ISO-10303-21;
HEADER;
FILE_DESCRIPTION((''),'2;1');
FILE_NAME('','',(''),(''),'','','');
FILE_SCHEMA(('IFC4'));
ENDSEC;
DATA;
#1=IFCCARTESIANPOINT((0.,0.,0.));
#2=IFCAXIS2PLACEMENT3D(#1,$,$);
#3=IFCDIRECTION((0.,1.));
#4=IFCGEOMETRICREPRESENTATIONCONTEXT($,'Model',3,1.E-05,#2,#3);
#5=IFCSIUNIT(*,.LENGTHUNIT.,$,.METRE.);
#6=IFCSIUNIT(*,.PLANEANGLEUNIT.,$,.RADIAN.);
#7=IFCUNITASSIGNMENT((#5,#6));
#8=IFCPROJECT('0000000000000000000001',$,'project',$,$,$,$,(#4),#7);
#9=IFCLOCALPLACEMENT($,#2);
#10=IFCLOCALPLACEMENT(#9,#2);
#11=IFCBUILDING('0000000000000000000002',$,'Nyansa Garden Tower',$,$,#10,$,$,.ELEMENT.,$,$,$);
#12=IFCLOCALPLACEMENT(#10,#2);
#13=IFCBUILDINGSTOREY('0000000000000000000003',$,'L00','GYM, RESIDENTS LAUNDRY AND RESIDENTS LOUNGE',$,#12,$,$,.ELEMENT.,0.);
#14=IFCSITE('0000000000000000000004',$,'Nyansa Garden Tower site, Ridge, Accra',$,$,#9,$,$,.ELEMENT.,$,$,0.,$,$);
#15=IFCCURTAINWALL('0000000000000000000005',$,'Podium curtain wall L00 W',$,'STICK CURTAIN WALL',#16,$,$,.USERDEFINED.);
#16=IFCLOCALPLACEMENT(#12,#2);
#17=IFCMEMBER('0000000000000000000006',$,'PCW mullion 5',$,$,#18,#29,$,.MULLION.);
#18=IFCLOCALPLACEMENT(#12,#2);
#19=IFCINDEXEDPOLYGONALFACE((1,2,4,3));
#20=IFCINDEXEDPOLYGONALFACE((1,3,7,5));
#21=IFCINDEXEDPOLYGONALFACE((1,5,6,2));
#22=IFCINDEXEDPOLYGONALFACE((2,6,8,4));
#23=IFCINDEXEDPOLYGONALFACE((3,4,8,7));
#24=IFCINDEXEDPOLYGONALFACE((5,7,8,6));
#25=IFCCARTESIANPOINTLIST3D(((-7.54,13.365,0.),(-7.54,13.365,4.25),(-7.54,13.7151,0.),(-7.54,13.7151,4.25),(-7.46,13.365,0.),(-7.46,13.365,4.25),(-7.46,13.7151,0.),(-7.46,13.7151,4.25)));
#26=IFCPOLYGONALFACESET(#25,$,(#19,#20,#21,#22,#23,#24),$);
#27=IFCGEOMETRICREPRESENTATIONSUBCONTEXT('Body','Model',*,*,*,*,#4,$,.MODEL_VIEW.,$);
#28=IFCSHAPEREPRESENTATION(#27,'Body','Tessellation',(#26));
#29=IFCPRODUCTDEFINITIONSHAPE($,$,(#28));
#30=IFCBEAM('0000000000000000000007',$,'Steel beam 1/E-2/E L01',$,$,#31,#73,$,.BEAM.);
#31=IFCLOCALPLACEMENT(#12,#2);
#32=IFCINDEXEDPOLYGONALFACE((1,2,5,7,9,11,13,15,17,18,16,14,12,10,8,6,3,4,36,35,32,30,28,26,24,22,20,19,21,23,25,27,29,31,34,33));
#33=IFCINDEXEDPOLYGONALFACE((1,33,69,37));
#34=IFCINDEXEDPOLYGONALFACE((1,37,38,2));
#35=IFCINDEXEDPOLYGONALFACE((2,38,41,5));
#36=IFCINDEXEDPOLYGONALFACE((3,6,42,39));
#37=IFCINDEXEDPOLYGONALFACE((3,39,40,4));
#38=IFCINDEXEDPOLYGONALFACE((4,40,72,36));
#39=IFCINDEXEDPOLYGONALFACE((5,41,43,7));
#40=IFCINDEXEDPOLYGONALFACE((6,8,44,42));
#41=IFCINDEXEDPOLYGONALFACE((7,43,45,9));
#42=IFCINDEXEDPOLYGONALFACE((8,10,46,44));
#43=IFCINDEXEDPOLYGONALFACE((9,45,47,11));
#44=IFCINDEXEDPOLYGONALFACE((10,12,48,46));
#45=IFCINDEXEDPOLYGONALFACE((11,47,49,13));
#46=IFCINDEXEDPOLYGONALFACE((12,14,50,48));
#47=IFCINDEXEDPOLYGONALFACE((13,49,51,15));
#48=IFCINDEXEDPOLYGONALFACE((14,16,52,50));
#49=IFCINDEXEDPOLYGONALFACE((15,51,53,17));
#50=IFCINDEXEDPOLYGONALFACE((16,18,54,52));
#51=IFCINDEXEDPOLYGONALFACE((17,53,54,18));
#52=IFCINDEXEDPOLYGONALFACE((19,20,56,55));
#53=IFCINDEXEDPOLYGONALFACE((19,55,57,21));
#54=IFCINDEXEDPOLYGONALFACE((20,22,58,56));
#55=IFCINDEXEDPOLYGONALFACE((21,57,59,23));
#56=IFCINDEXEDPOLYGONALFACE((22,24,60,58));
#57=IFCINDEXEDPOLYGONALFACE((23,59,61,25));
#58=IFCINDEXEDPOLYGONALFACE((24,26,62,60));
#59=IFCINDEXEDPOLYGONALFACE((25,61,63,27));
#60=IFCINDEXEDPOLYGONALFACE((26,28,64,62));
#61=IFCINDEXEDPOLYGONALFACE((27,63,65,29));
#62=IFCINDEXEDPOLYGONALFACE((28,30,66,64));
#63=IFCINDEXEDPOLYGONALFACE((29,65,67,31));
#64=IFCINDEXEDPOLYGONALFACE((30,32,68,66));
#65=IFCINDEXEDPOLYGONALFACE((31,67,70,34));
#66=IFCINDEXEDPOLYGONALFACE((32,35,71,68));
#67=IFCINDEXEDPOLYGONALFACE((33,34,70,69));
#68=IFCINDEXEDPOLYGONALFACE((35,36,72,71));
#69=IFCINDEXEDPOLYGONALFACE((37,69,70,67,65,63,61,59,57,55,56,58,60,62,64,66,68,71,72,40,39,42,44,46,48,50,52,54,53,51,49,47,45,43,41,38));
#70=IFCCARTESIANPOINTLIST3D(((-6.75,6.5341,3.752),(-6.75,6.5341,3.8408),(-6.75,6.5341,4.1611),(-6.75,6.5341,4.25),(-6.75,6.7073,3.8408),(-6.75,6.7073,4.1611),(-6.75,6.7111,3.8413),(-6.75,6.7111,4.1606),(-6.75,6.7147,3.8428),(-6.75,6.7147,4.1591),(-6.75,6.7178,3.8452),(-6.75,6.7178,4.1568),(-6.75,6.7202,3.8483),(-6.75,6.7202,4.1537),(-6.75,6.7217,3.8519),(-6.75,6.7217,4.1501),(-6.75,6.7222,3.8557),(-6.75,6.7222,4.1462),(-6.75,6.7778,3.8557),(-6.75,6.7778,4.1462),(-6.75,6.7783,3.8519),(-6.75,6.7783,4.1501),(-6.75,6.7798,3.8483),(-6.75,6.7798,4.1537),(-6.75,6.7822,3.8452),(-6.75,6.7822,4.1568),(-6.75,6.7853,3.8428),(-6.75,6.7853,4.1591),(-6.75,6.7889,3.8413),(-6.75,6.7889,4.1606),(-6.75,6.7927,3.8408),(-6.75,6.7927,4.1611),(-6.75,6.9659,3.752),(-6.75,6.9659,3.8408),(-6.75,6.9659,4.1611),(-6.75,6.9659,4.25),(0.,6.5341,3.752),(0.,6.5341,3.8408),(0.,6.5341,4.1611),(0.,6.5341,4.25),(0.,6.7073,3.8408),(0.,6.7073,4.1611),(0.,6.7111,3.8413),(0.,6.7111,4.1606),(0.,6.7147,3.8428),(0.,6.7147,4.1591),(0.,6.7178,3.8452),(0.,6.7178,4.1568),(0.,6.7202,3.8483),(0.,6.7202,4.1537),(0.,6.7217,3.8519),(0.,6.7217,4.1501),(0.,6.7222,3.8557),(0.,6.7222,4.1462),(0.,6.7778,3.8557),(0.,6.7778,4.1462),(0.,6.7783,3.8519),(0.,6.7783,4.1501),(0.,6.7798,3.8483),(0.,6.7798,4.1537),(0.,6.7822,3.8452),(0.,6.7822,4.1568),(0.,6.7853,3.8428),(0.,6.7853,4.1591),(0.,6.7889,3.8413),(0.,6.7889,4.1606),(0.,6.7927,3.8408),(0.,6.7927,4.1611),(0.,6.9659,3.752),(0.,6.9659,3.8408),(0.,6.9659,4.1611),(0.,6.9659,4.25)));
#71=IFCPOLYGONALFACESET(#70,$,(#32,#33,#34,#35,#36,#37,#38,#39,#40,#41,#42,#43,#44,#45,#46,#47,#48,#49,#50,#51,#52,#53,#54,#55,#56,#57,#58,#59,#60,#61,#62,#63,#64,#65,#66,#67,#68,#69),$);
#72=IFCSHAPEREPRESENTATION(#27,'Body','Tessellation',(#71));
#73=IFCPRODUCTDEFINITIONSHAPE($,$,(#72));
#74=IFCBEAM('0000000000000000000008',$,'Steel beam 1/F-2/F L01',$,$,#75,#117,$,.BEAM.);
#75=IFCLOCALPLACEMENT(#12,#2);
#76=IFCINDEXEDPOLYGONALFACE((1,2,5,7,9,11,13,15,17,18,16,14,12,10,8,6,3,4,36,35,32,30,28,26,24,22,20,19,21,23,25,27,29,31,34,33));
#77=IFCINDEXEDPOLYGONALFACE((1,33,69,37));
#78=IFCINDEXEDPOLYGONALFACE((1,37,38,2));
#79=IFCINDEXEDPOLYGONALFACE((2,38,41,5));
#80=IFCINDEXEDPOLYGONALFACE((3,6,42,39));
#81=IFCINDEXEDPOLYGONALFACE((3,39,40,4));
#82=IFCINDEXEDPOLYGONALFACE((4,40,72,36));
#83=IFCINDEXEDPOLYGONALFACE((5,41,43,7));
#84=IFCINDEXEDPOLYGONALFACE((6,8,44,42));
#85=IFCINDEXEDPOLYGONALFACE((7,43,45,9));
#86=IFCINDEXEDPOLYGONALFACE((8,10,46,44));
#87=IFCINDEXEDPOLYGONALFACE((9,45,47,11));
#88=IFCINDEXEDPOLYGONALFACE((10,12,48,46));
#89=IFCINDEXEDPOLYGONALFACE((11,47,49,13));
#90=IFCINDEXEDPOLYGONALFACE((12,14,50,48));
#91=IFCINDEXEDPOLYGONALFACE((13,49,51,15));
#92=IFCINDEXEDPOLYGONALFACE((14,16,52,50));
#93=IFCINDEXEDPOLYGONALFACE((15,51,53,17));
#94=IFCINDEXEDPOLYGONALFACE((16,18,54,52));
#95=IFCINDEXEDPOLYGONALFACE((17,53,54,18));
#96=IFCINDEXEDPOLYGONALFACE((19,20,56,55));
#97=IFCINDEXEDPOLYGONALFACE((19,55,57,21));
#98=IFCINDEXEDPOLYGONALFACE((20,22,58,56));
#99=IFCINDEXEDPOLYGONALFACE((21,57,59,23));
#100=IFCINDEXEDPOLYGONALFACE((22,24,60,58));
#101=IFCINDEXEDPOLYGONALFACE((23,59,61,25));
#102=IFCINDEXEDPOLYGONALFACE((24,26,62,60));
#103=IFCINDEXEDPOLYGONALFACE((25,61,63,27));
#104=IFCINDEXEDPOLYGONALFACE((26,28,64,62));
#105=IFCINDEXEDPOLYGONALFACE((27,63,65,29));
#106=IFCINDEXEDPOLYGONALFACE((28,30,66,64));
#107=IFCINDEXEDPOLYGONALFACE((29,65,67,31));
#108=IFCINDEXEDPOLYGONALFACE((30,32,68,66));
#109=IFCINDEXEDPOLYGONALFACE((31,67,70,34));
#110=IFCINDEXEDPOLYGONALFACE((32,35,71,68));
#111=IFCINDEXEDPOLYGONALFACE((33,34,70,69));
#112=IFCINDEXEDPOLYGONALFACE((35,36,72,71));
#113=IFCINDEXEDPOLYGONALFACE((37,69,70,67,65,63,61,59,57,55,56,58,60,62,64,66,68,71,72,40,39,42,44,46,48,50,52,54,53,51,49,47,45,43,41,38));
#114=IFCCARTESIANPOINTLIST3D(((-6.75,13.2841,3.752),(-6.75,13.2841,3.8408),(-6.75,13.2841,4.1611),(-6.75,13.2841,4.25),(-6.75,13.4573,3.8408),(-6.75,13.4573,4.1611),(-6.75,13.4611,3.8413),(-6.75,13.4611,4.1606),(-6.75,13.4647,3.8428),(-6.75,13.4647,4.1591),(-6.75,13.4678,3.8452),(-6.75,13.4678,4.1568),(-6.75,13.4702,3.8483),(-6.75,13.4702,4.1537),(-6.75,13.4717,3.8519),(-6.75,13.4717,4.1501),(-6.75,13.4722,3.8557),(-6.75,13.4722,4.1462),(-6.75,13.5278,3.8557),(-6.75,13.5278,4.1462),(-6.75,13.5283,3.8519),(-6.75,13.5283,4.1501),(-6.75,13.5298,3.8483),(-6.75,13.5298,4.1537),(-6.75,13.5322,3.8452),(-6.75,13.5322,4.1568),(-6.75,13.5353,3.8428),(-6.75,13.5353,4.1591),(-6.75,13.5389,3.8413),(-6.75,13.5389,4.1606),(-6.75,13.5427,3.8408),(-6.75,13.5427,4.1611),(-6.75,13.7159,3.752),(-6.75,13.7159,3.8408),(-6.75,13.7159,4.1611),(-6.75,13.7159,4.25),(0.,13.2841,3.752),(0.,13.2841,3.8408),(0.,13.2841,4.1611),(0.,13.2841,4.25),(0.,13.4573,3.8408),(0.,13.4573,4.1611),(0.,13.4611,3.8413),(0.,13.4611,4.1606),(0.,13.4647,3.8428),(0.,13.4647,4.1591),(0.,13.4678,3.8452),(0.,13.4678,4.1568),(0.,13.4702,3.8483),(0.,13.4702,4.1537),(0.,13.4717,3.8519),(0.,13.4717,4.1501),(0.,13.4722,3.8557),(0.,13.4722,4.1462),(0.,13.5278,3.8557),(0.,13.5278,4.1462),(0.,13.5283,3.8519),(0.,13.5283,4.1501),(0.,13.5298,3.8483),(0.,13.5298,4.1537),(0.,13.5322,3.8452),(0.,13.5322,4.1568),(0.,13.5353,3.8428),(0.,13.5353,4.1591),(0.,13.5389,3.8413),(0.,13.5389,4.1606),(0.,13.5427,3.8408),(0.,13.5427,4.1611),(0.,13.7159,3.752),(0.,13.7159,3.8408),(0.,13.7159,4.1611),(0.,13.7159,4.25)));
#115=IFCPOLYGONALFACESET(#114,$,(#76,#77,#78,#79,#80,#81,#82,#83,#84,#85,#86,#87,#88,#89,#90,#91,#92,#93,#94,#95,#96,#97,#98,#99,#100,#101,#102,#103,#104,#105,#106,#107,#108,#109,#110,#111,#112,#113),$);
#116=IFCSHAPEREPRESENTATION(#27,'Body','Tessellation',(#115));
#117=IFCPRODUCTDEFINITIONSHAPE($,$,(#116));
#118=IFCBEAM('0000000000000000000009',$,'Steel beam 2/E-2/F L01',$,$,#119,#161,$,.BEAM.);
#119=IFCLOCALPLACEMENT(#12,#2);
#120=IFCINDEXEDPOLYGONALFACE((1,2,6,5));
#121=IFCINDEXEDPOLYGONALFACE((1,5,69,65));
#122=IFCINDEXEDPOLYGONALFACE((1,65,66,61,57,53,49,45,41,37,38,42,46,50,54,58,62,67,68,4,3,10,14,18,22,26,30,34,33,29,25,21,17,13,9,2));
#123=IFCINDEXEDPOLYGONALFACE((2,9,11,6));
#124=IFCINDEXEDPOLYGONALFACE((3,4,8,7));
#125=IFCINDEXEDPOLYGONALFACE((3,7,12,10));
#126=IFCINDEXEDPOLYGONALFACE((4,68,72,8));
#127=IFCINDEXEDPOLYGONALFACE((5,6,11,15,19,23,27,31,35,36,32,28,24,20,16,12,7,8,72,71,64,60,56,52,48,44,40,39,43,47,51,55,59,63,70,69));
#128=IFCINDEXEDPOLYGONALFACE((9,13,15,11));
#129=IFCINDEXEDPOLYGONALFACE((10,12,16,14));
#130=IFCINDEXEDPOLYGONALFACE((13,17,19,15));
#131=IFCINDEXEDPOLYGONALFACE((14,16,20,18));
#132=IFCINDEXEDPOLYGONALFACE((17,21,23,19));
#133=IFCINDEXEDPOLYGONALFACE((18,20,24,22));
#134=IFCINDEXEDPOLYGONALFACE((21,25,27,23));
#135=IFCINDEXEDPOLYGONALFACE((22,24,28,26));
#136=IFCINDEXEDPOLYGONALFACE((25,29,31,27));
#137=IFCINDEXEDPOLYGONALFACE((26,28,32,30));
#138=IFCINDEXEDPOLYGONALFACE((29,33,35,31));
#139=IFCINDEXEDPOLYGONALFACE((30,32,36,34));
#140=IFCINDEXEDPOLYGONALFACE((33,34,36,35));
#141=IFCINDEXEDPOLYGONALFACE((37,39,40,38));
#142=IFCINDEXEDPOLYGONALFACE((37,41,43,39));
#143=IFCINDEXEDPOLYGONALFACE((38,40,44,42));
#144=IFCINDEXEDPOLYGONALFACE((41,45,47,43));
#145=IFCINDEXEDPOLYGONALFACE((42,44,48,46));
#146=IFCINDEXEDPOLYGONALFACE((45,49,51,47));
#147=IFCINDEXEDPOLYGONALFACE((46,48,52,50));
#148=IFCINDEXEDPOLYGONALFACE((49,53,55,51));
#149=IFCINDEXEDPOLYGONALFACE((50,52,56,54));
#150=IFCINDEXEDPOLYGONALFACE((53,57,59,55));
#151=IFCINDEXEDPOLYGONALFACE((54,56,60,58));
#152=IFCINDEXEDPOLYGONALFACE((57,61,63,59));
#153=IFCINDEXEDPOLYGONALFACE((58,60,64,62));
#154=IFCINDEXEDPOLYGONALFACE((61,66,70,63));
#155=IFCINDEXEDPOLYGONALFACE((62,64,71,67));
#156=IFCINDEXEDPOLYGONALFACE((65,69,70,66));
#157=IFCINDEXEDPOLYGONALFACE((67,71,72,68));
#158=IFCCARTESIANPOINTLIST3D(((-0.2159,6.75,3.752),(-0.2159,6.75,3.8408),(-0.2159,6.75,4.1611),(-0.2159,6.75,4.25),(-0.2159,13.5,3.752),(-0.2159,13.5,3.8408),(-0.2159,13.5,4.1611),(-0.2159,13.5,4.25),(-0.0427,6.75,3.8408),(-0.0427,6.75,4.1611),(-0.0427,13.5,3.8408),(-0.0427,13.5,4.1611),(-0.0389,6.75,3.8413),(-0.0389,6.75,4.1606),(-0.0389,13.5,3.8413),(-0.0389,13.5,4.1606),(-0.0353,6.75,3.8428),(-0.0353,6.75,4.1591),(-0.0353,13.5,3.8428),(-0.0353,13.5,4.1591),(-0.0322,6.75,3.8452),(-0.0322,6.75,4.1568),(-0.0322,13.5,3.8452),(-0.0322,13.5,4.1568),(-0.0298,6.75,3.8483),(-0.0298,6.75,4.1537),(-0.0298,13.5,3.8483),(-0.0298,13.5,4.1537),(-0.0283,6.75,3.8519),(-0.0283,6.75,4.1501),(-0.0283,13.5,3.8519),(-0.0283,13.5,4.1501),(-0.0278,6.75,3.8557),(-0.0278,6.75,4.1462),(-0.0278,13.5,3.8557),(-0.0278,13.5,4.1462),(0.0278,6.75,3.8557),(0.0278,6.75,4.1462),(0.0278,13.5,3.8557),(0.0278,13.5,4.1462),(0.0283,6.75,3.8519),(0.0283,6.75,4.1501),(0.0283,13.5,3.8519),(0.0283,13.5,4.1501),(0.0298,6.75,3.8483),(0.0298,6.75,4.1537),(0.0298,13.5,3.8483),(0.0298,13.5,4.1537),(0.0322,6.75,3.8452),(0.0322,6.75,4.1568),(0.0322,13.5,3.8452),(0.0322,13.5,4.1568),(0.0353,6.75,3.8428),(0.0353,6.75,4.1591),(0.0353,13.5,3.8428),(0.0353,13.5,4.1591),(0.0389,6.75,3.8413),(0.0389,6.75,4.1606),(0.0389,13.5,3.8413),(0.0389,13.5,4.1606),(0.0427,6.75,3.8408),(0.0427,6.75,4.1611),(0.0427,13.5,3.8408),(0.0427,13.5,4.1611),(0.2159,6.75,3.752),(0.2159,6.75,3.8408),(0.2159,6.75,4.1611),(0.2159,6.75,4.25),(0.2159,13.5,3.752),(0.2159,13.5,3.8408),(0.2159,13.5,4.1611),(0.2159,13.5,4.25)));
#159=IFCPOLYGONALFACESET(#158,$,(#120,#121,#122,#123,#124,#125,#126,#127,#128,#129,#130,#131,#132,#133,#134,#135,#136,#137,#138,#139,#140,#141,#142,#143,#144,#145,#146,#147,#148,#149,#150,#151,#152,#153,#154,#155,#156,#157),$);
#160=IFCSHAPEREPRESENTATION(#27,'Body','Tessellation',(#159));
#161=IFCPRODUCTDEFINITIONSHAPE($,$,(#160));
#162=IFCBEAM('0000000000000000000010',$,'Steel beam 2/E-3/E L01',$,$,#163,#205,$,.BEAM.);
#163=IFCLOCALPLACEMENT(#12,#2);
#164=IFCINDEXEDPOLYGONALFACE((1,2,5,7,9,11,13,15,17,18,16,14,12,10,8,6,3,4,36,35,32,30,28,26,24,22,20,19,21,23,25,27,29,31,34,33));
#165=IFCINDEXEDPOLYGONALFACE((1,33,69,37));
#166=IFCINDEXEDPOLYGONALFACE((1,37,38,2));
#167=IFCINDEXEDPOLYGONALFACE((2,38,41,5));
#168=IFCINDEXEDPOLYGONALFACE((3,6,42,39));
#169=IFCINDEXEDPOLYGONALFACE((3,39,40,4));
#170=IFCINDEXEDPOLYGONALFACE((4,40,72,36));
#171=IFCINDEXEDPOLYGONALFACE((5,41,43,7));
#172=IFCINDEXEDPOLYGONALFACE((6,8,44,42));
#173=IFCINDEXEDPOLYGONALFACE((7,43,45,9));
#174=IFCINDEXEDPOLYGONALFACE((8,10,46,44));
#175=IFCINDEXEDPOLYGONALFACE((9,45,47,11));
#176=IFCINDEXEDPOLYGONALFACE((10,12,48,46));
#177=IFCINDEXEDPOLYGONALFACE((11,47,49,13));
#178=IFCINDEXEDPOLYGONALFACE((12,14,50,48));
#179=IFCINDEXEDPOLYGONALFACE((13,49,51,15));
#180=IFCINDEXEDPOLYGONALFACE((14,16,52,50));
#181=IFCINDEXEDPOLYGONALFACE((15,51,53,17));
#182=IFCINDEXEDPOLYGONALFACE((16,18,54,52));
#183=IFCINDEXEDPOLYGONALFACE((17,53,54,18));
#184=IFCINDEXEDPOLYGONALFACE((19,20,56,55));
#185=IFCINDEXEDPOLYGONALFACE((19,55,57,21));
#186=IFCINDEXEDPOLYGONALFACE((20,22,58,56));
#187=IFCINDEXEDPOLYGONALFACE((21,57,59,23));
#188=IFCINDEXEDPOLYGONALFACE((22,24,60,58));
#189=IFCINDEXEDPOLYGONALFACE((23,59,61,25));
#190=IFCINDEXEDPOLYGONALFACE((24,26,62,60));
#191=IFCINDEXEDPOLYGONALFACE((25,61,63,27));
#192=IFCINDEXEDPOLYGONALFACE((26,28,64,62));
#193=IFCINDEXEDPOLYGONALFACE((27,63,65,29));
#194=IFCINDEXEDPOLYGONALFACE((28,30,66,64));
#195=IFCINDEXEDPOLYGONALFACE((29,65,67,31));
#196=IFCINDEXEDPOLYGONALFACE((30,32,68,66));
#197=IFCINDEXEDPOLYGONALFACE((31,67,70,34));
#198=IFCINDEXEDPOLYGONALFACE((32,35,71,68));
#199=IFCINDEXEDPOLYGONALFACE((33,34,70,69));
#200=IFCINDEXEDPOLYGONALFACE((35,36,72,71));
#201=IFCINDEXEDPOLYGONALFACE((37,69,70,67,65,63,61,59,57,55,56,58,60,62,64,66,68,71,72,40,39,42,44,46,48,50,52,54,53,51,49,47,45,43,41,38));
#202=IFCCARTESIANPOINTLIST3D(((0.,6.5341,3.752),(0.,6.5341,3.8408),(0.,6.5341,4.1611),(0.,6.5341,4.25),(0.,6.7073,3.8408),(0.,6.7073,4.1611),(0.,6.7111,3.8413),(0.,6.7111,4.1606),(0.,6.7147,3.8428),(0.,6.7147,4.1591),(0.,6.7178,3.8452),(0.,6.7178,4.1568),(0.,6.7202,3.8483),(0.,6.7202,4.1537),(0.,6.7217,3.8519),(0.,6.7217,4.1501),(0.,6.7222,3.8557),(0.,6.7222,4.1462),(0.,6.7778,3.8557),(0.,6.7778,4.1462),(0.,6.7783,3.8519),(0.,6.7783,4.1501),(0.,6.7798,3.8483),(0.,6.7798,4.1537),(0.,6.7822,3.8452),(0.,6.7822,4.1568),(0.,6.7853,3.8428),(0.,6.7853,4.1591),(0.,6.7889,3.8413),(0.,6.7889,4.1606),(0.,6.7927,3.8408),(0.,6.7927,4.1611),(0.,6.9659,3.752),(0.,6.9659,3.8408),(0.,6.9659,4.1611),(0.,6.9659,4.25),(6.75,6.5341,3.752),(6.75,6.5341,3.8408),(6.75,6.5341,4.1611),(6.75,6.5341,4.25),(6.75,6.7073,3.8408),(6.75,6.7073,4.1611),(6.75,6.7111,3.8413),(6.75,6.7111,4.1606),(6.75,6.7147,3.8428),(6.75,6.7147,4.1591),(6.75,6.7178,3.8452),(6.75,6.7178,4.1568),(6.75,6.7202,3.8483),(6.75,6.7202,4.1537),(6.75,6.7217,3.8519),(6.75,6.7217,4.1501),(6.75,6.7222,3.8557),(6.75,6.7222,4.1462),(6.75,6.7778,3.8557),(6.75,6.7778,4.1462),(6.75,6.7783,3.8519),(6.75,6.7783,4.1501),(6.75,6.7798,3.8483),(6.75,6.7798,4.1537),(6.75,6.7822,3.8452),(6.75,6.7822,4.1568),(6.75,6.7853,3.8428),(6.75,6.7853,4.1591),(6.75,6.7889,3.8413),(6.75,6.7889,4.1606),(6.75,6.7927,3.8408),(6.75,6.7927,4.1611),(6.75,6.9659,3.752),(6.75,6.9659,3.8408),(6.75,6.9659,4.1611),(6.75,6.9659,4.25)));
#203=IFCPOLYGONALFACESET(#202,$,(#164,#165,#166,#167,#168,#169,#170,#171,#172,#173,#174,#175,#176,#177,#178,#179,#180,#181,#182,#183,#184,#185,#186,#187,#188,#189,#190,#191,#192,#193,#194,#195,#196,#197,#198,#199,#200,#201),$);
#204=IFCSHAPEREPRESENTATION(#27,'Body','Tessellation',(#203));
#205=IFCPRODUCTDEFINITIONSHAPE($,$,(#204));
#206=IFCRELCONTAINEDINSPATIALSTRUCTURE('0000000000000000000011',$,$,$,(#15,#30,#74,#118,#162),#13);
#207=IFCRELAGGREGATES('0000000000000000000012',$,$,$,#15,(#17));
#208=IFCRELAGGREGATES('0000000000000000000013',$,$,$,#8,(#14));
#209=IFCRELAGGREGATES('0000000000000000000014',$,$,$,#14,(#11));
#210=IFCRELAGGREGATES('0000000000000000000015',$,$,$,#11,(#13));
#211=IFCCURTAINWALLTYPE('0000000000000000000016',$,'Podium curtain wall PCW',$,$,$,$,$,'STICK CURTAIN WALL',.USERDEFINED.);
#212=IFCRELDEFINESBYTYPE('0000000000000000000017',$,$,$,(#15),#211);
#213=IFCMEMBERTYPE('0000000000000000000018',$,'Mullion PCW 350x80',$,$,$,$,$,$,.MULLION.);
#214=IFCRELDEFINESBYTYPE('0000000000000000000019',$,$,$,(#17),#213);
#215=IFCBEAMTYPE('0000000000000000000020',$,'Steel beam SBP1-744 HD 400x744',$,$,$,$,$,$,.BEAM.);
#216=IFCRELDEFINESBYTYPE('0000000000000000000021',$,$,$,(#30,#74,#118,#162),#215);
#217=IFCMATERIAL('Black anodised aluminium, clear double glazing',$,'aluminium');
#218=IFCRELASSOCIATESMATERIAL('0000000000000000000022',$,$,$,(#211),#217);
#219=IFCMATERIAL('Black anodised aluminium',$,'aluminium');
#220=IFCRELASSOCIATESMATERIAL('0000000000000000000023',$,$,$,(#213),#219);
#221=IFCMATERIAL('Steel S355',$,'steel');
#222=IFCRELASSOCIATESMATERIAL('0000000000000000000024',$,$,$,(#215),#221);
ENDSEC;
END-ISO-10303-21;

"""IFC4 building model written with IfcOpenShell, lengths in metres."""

from ifc_helpers import new_model, si_unit, direction, frame, origin, origin_2d, place, context, subcontext, project, spatial, rectangle, i_section, extrude, material, material_profile, profile_set, type_object, element, aggregate, save


model = new_model("IFC4")

# Units and contexts
model_context = context("Model", 3, precision=1e-05, world=origin(), true_north=direction((0.0, 1.0)))
body_context = subcontext(model_context, "Body", "Model", "MODEL_VIEW")
ifc_project = project(units=[si_unit("LENGTHUNIT", "METRE"), si_unit("PLANEANGLEUNIT", "RADIAN")], contexts=[model_context])

# Site, building, storey
site_placement = place(None, origin())
site = spatial("IfcSite", under=ifc_project, at=site_placement, Name="Nyansa Garden Tower site, Ridge, Accra", CompositionType="ELEMENT", RefElevation=0.0)
building_placement = place(site_placement, origin())
building = spatial("IfcBuilding", under=site, at=building_placement, Name="Nyansa Garden Tower", CompositionType="ELEMENT")
storey_placement = place(building_placement, origin())
storey = spatial("IfcBuildingStorey", under=building, at=storey_placement, Name="L00", Description="GYM, RESIDENTS LAUNDRY AND RESIDENTS LOUNGE", CompositionType="ELEMENT", Elevation=0.0)

# Curtain wall, member
ifc_material_1 = material(Name="Black anodised aluminium, clear double glazing", Category="aluminium")
curtain_wall_type = type_object("IfcCurtainWallType", Name="Podium curtain wall PCW", ElementType="STICK CURTAIN WALL", PredefinedType="USERDEFINED", material=ifc_material_1)
curtain_wall_placement = place(storey_placement, origin())
curtain_wall = element("IfcCurtainWall", 1, at=curtain_wall_placement, inside=storey, type_object=curtain_wall_type, Name="Podium curtain wall L00 W", ObjectType="STICK CURTAIN WALL", PredefinedType="USERDEFINED")
ifc_material_2 = material(Name="Black anodised aluminium", Category="aluminium")
ifc_material_profile_1 = material_profile(ifc_material_2, rectangle(XDim=0.0801, YDim=0.3501, at=origin_2d()), Name="Mullion 350x80")
ifc_profile_set_1 = profile_set([ifc_material_profile_1], Name="Black anodised aluminium")
member_type_1 = type_object("IfcMemberType", Name="Mullion PCW 350x80", PredefinedType="MULLION", material=ifc_profile_set_1)
member_1_placement = place(storey_placement, frame((-7.5, 13.54, 0.0), z_axis=(0.0, 0.0, 1.0), x_axis=(1.0, 0.0, 0.0)))
member_1 = element("IfcMember", 2, at=member_1_placement, type_object=member_type_1, Name="PCW mullion 5", PredefinedType="MULLION", context=body_context, shape_type="SweptSolid", body=[
    extrude(rectangle(XDim=0.0801, YDim=0.3501, at=origin_2d()), origin(), (0.0, 0.0, 1.0), 4.25),
])

# Beams
ifc_material_3 = material(Name="Steel S355", Category="steel")
ifc_material_profile_2 = material_profile(ifc_material_3, i_section(OverallWidth=0.4319, OverallDepth=0.498, WebThickness=0.0557, FlangeThickness=0.0889, FilletRadius=0.0149, at=origin_2d()), Name="HD 400x744")
ifc_profile_set_2 = profile_set([ifc_material_profile_2], Name="Steel S355")
beam_type_1 = type_object("IfcBeamType", Name="Steel beam SBP1-744 HD 400x744", PredefinedType="BEAM", material=ifc_profile_set_2)
for number, where, z_axis, x_axis, name in (
    (3, (-6.75, 6.75, 4.001), (1.0, 0.0, 0.0), (0.0, 1.0, 0.0), "Steel beam 1/E-2/E L01"),
    (4, (-6.75, 13.5, 4.001), (1.0, 0.0, 0.0), (0.0, 1.0, 0.0), "Steel beam 1/F-2/F L01"),
    (5, (0.0, 6.75, 4.001), (0.0, 1.0, 0.0), (-1.0, 0.0, 0.0), "Steel beam 2/E-2/F L01"),
    (6, (0.0, 6.75, 4.001), (1.0, 0.0, 0.0), (0.0, 1.0, 0.0), "Steel beam 2/E-3/E L01"),
):
    element("IfcBeam", number, at=place(storey_placement, frame(where, z_axis=z_axis, x_axis=x_axis)), inside=storey, type_object=beam_type_1, Name=name, PredefinedType="BEAM", context=body_context, shape_type="SweptSolid", body=[
        extrude(i_section(OverallWidth=0.4319, OverallDepth=0.498, WebThickness=0.0557, FlangeThickness=0.0889, FilletRadius=0.0149, at=origin_2d()), origin(), (0.0, 0.0, 1.0), 6.75),
    ])

aggregate(curtain_wall, [member_1])

save(model, "model.ifc")
